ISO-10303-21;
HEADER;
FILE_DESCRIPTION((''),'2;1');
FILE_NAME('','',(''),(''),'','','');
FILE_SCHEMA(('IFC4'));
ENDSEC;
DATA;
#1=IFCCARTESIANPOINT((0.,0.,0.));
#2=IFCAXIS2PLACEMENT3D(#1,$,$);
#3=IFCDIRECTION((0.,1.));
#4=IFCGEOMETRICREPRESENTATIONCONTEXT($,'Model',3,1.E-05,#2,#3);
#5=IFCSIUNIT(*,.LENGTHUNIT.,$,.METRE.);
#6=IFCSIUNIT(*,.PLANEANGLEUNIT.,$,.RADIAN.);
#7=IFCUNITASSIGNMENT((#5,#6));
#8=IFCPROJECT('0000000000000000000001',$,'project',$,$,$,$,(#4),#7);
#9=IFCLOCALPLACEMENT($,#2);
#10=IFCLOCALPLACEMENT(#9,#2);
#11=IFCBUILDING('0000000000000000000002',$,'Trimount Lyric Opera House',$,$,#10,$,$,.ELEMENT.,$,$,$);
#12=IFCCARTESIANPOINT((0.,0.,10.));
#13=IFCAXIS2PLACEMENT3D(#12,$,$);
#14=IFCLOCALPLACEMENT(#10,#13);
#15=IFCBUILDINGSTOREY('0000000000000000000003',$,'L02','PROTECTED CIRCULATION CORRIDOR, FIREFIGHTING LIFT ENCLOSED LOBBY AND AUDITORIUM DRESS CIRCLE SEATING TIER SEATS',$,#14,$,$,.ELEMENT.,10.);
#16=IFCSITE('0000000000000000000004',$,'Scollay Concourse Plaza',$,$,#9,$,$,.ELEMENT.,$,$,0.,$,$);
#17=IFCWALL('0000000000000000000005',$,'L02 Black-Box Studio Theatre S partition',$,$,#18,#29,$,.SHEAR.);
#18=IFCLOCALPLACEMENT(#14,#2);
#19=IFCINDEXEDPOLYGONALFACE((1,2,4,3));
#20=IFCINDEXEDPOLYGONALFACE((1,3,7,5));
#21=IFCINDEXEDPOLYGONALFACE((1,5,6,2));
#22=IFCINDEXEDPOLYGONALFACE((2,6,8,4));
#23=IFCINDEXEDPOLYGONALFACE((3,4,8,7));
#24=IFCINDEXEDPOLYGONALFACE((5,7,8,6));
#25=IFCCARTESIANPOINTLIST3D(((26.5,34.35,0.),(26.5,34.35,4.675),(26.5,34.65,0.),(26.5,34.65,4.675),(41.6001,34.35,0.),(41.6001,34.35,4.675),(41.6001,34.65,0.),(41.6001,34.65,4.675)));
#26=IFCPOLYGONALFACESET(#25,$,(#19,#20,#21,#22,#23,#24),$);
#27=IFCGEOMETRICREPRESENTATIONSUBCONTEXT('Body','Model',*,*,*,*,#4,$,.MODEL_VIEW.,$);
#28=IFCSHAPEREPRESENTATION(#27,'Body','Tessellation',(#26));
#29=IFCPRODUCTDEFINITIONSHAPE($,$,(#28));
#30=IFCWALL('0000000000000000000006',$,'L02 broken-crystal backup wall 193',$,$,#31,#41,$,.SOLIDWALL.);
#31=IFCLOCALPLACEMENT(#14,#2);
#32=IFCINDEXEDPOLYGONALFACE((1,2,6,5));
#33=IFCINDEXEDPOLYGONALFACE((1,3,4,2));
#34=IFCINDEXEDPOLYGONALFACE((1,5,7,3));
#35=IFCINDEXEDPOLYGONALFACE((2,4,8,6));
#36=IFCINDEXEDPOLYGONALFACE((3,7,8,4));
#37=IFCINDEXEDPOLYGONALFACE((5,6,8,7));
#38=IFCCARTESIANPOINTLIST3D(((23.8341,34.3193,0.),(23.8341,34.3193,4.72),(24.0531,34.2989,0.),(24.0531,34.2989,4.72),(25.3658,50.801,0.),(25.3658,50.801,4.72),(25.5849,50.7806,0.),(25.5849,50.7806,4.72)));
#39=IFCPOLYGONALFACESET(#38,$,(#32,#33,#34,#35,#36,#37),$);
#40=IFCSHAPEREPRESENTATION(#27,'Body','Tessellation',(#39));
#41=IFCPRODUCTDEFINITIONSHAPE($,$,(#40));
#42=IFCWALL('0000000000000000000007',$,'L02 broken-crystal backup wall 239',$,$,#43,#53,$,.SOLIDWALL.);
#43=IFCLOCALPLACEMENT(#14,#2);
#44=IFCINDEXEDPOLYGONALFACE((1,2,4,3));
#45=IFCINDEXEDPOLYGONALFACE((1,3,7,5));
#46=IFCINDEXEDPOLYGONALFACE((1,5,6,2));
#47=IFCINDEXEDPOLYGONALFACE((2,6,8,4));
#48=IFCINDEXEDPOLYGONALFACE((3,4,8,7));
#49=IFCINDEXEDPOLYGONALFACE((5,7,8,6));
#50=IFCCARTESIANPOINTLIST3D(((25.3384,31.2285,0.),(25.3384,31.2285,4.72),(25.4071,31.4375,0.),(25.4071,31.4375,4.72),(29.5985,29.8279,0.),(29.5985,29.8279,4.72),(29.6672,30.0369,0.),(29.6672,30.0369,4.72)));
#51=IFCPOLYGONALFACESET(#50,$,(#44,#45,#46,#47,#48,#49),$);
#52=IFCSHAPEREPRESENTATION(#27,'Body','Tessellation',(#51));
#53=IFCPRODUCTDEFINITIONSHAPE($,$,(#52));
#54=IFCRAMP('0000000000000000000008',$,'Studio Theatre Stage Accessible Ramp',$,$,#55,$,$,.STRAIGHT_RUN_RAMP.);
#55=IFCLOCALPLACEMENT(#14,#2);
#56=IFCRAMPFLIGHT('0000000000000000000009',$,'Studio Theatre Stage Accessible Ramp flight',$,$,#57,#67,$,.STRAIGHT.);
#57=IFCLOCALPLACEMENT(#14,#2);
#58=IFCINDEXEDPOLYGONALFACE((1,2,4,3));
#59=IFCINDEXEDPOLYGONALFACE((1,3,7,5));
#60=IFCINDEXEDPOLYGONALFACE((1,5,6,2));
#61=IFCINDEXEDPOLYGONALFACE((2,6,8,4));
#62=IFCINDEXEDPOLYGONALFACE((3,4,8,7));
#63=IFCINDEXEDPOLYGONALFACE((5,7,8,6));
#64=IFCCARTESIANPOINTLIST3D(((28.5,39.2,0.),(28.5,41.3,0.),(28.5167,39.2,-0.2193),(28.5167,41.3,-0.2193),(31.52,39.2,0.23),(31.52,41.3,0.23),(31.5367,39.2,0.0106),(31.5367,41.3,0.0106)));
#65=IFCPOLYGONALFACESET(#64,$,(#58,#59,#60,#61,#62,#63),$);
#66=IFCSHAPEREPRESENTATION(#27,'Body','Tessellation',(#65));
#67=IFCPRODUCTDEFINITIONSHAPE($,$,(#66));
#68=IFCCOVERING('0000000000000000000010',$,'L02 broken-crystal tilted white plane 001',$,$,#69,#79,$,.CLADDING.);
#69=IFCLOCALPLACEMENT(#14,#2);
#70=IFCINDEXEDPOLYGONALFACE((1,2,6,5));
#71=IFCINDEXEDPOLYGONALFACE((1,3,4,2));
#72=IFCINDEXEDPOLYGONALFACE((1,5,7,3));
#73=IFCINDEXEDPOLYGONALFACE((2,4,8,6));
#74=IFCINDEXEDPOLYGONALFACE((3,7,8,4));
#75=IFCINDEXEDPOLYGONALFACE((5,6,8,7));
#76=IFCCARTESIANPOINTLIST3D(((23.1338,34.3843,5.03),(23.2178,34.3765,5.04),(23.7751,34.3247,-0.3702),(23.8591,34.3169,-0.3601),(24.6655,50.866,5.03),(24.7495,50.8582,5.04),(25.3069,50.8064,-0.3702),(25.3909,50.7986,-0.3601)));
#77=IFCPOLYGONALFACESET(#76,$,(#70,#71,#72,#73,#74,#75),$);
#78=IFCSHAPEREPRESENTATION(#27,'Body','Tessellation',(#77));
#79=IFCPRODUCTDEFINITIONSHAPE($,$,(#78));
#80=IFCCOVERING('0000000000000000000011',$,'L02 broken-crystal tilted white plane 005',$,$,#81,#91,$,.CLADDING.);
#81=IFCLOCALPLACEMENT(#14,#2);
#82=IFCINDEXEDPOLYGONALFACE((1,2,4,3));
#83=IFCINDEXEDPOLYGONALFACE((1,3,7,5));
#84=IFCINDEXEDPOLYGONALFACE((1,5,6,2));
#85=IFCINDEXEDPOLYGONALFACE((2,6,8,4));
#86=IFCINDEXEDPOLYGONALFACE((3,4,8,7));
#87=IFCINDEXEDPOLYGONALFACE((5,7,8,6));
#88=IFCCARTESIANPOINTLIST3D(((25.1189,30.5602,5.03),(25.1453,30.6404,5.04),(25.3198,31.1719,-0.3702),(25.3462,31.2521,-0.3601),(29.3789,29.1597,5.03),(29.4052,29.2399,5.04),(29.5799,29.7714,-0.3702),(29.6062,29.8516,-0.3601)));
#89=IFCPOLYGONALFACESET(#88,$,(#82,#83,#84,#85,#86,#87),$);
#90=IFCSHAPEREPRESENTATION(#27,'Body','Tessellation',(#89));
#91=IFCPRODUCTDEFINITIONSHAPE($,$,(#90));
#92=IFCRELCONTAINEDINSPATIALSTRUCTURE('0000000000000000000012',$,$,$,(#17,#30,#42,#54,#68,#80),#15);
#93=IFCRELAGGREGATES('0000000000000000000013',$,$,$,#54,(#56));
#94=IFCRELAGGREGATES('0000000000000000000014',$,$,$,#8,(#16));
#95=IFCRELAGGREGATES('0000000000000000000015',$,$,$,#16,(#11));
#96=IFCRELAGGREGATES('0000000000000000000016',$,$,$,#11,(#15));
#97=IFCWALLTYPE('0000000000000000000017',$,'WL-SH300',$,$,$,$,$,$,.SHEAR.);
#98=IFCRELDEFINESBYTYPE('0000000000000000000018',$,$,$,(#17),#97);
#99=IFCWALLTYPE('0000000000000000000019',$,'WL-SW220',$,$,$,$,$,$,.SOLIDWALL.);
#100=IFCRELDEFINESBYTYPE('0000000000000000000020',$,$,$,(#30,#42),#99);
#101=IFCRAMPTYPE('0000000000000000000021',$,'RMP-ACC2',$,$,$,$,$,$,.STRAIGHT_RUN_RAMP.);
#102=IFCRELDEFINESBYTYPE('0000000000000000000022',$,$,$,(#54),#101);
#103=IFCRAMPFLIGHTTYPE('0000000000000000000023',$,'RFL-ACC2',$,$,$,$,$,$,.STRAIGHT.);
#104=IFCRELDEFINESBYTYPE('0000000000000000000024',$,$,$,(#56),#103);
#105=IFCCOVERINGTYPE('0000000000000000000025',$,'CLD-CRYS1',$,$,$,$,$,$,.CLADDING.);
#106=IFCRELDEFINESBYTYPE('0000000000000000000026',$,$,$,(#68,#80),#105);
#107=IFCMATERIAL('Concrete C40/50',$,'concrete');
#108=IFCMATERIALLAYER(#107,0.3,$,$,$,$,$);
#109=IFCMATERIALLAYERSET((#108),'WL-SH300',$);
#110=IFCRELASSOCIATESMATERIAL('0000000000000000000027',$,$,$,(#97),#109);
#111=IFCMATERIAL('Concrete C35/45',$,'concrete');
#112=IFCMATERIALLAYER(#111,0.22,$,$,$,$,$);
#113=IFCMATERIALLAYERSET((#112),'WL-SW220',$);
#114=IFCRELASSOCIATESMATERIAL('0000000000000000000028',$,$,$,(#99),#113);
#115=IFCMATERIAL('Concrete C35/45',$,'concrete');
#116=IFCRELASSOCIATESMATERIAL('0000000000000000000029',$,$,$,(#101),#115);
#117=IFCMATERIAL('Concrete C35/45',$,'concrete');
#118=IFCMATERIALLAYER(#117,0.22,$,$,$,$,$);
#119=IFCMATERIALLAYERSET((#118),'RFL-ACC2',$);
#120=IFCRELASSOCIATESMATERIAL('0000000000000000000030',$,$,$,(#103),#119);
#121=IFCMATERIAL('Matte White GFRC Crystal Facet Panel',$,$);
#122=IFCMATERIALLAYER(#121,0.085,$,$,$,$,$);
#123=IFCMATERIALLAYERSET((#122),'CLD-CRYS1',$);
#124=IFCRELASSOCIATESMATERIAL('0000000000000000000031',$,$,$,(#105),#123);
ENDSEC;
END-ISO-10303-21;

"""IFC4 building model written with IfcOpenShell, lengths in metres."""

from ifc_helpers import new_model, si_unit, direction, frame, frame_2d, origin, place, context, subcontext, project, spatial, polyline, rectangle, outline, extrude, material, layer, layer_set, type_object, element, aggregate, save


model = new_model("IFC4")

# Units and contexts
model_context = context("Model", 3, precision=1e-05, world=origin(), true_north=direction((0.0, 1.0)))
body_context = subcontext(model_context, "Body", "Model", "MODEL_VIEW")
ifc_project = project(units=[si_unit("LENGTHUNIT", "METRE"), si_unit("PLANEANGLEUNIT", "RADIAN")], contexts=[model_context])

# Site, building, storey
site_placement = place(None, origin())
site = spatial("IfcSite", under=ifc_project, at=site_placement, Name="Scollay Concourse Plaza", CompositionType="ELEMENT", RefElevation=0.0)
building_placement = place(site_placement, origin())
building = spatial("IfcBuilding", under=site, at=building_placement, Name="Trimount Lyric Opera House", CompositionType="ELEMENT")
storey_placement = place(building_placement, frame((0.0, 0.0, 10.0)))
storey = spatial("IfcBuildingStorey", under=building, at=storey_placement, Name="L02", Description="PROTECTED CIRCULATION CORRIDOR, FIREFIGHTING LIFT ENCLOSED LOBBY AND AUDITORIUM DRESS CIRCLE SEATING TIER SEATS", CompositionType="ELEMENT", Elevation=10.0)

# Walls
ifc_material_1 = material(Name="Concrete C40/50", Category="concrete")
ifc_layer_1 = layer(ifc_material_1, 0.3)
ifc_layer_set_1 = layer_set([ifc_layer_1], Name="WL-SH300")
wall_type_1 = type_object("IfcWallType", Name="WL-SH300", PredefinedType="SHEAR", material=ifc_layer_set_1)
wall_1_placement = place(storey_placement, frame((26.5, 34.5, 0.0), z_axis=(0.0, 0.0, 1.0), x_axis=(1.0, 0.0, 0.0)))
element("IfcWall", 1, at=wall_1_placement, inside=storey, type_object=wall_type_1, Name="L02 Black-Box Studio Theatre S partition", PredefinedType="SHEAR", context=body_context, shape_type="SweptSolid", body=[
    extrude(rectangle(XDim=15.1001, YDim=0.3, at=frame_2d((7.55, 0.0))), origin(), (0.0, 0.0, 1.0), 4.675),
])
ifc_material_2 = material(Name="Concrete C35/45", Category="concrete")
ifc_layer_2 = layer(ifc_material_2, 0.22)
ifc_layer_set_2 = layer_set([ifc_layer_2], Name="WL-SW220")
wall_type_2 = type_object("IfcWallType", Name="WL-SW220", PredefinedType="SOLIDWALL", material=ifc_layer_set_2)
wall_2_placement = place(storey_placement, frame((23.9436, 34.3091, 0.0), z_axis=(0.0, 0.0, 1.0), x_axis=(0.092537, 0.995709, 0.0)))
element("IfcWall", 2, at=wall_2_placement, inside=storey, type_object=wall_type_2, Name="L02 broken-crystal backup wall 193", PredefinedType="SOLIDWALL", context=body_context, shape_type="SweptSolid", body=[
    extrude(rectangle(XDim=16.5527, YDim=0.22, at=frame_2d((8.2764, 0.0))), origin(), (0.0, 0.0, 1.0), 4.72),
])
wall_3_placement = place(storey_placement, frame((29.6328, 29.9324, 0.0), z_axis=(0.0, 0.0, 1.0), x_axis=(-0.949971, 0.312338, 0.0)))
element("IfcWall", 3, at=wall_3_placement, inside=storey, type_object=wall_type_2, Name="L02 broken-crystal backup wall 239", PredefinedType="SOLIDWALL", context=body_context, shape_type="SweptSolid", body=[
    extrude(rectangle(XDim=4.4844, YDim=0.22, at=frame_2d((2.2422, 0.0))), origin(), (0.0, 0.0, 1.0), 4.72),
])

# Ramp, ramp flight
ifc_material_3 = material(Name="Concrete C35/45", Category="concrete")
ramp_type = type_object("IfcRampType", Name="RMP-ACC2", PredefinedType="STRAIGHT_RUN_RAMP", material=ifc_material_3)
ramp_placement = place(storey_placement, origin())
ramp = element("IfcRamp", 4, at=ramp_placement, inside=storey, type_object=ramp_type, Name="Studio Theatre Stage Accessible Ramp", PredefinedType="STRAIGHT_RUN_RAMP")
ifc_material_4 = material(Name="Concrete C35/45", Category="concrete")
ifc_layer_3 = layer(ifc_material_4, 0.22)
ifc_layer_set_3 = layer_set([ifc_layer_3], Name="RFL-ACC2")
ramp_flight_type = type_object("IfcRampFlightType", Name="RFL-ACC2", PredefinedType="STRAIGHT", material=ifc_layer_set_3)
ramp_flight_placement = place(storey_placement, frame((28.5, 39.2, 0.0), z_axis=(-0.075932, 0.0, 0.997113), x_axis=(0.997113, 0.0, 0.075932)))
ramp_flight = element("IfcRampFlight", 5, at=ramp_flight_placement, type_object=ramp_flight_type, Name="Studio Theatre Stage Accessible Ramp flight", PredefinedType="STRAIGHT", context=body_context, shape_type="SweptSolid", body=[
    extrude(outline(polyline([(0.0, 0.0), (3.0288, 0.0), (3.0288, 2.1001), (0.0, 2.1001), (0.0, 0.0)])), origin(), (0.0, 0.0, -1.0), 0.22),
])
aggregate(ramp, [ramp_flight])

# Coverings
ifc_material_5 = material(Name="Matte White GFRC Crystal Facet Panel")
ifc_layer_4 = layer(ifc_material_5, 0.085)
ifc_layer_set_4 = layer_set([ifc_layer_4], Name="CLD-CRYS1")
covering_type = type_object("IfcCoveringType", Name="CLD-CRYS1", PredefinedType="CLADDING", material=ifc_layer_set_4)
covering_1_placement = place(storey_placement, frame((23.8591, 34.3169, -0.3601), z_axis=(0.988701, -0.091886, 0.118438), x_axis=(0.092537, 0.995709, 0.0)))
element("IfcCovering", 6, at=covering_1_placement, inside=storey, type_object=covering_type, Name="L02 broken-crystal tilted white plane 001", PredefinedType="CLADDING", context=body_context, shape_type="SweptSolid", body=[
    extrude(outline(polyline([(0.0, 0.0), (16.5527, 0.0), (16.5527, 5.4384), (0.0, 5.4384), (0.0, 0.0)])), origin(), (0.0, 0.0, -1.0), 0.085),
])
covering_2_placement = place(storey_placement, frame((29.6062, 29.8516, -0.3601), z_axis=(0.310117, 0.943298, 0.11839), x_axis=(-0.949979, 0.312314, -0.000003)))
element("IfcCovering", 7, at=covering_2_placement, inside=storey, type_object=covering_type, Name="L02 broken-crystal tilted white plane 005", PredefinedType="CLADDING", context=body_context, shape_type="SweptSolid", body=[
    extrude(outline(polyline([(0.0, 0.0), (4.4844, 0.0), (4.4841, 5.4384), (-0.0001, 5.4384), (0.0, 0.0)])), origin(), (0.0, 0.0, -1.0), 0.085),
])

save(model, "model.ifc")
